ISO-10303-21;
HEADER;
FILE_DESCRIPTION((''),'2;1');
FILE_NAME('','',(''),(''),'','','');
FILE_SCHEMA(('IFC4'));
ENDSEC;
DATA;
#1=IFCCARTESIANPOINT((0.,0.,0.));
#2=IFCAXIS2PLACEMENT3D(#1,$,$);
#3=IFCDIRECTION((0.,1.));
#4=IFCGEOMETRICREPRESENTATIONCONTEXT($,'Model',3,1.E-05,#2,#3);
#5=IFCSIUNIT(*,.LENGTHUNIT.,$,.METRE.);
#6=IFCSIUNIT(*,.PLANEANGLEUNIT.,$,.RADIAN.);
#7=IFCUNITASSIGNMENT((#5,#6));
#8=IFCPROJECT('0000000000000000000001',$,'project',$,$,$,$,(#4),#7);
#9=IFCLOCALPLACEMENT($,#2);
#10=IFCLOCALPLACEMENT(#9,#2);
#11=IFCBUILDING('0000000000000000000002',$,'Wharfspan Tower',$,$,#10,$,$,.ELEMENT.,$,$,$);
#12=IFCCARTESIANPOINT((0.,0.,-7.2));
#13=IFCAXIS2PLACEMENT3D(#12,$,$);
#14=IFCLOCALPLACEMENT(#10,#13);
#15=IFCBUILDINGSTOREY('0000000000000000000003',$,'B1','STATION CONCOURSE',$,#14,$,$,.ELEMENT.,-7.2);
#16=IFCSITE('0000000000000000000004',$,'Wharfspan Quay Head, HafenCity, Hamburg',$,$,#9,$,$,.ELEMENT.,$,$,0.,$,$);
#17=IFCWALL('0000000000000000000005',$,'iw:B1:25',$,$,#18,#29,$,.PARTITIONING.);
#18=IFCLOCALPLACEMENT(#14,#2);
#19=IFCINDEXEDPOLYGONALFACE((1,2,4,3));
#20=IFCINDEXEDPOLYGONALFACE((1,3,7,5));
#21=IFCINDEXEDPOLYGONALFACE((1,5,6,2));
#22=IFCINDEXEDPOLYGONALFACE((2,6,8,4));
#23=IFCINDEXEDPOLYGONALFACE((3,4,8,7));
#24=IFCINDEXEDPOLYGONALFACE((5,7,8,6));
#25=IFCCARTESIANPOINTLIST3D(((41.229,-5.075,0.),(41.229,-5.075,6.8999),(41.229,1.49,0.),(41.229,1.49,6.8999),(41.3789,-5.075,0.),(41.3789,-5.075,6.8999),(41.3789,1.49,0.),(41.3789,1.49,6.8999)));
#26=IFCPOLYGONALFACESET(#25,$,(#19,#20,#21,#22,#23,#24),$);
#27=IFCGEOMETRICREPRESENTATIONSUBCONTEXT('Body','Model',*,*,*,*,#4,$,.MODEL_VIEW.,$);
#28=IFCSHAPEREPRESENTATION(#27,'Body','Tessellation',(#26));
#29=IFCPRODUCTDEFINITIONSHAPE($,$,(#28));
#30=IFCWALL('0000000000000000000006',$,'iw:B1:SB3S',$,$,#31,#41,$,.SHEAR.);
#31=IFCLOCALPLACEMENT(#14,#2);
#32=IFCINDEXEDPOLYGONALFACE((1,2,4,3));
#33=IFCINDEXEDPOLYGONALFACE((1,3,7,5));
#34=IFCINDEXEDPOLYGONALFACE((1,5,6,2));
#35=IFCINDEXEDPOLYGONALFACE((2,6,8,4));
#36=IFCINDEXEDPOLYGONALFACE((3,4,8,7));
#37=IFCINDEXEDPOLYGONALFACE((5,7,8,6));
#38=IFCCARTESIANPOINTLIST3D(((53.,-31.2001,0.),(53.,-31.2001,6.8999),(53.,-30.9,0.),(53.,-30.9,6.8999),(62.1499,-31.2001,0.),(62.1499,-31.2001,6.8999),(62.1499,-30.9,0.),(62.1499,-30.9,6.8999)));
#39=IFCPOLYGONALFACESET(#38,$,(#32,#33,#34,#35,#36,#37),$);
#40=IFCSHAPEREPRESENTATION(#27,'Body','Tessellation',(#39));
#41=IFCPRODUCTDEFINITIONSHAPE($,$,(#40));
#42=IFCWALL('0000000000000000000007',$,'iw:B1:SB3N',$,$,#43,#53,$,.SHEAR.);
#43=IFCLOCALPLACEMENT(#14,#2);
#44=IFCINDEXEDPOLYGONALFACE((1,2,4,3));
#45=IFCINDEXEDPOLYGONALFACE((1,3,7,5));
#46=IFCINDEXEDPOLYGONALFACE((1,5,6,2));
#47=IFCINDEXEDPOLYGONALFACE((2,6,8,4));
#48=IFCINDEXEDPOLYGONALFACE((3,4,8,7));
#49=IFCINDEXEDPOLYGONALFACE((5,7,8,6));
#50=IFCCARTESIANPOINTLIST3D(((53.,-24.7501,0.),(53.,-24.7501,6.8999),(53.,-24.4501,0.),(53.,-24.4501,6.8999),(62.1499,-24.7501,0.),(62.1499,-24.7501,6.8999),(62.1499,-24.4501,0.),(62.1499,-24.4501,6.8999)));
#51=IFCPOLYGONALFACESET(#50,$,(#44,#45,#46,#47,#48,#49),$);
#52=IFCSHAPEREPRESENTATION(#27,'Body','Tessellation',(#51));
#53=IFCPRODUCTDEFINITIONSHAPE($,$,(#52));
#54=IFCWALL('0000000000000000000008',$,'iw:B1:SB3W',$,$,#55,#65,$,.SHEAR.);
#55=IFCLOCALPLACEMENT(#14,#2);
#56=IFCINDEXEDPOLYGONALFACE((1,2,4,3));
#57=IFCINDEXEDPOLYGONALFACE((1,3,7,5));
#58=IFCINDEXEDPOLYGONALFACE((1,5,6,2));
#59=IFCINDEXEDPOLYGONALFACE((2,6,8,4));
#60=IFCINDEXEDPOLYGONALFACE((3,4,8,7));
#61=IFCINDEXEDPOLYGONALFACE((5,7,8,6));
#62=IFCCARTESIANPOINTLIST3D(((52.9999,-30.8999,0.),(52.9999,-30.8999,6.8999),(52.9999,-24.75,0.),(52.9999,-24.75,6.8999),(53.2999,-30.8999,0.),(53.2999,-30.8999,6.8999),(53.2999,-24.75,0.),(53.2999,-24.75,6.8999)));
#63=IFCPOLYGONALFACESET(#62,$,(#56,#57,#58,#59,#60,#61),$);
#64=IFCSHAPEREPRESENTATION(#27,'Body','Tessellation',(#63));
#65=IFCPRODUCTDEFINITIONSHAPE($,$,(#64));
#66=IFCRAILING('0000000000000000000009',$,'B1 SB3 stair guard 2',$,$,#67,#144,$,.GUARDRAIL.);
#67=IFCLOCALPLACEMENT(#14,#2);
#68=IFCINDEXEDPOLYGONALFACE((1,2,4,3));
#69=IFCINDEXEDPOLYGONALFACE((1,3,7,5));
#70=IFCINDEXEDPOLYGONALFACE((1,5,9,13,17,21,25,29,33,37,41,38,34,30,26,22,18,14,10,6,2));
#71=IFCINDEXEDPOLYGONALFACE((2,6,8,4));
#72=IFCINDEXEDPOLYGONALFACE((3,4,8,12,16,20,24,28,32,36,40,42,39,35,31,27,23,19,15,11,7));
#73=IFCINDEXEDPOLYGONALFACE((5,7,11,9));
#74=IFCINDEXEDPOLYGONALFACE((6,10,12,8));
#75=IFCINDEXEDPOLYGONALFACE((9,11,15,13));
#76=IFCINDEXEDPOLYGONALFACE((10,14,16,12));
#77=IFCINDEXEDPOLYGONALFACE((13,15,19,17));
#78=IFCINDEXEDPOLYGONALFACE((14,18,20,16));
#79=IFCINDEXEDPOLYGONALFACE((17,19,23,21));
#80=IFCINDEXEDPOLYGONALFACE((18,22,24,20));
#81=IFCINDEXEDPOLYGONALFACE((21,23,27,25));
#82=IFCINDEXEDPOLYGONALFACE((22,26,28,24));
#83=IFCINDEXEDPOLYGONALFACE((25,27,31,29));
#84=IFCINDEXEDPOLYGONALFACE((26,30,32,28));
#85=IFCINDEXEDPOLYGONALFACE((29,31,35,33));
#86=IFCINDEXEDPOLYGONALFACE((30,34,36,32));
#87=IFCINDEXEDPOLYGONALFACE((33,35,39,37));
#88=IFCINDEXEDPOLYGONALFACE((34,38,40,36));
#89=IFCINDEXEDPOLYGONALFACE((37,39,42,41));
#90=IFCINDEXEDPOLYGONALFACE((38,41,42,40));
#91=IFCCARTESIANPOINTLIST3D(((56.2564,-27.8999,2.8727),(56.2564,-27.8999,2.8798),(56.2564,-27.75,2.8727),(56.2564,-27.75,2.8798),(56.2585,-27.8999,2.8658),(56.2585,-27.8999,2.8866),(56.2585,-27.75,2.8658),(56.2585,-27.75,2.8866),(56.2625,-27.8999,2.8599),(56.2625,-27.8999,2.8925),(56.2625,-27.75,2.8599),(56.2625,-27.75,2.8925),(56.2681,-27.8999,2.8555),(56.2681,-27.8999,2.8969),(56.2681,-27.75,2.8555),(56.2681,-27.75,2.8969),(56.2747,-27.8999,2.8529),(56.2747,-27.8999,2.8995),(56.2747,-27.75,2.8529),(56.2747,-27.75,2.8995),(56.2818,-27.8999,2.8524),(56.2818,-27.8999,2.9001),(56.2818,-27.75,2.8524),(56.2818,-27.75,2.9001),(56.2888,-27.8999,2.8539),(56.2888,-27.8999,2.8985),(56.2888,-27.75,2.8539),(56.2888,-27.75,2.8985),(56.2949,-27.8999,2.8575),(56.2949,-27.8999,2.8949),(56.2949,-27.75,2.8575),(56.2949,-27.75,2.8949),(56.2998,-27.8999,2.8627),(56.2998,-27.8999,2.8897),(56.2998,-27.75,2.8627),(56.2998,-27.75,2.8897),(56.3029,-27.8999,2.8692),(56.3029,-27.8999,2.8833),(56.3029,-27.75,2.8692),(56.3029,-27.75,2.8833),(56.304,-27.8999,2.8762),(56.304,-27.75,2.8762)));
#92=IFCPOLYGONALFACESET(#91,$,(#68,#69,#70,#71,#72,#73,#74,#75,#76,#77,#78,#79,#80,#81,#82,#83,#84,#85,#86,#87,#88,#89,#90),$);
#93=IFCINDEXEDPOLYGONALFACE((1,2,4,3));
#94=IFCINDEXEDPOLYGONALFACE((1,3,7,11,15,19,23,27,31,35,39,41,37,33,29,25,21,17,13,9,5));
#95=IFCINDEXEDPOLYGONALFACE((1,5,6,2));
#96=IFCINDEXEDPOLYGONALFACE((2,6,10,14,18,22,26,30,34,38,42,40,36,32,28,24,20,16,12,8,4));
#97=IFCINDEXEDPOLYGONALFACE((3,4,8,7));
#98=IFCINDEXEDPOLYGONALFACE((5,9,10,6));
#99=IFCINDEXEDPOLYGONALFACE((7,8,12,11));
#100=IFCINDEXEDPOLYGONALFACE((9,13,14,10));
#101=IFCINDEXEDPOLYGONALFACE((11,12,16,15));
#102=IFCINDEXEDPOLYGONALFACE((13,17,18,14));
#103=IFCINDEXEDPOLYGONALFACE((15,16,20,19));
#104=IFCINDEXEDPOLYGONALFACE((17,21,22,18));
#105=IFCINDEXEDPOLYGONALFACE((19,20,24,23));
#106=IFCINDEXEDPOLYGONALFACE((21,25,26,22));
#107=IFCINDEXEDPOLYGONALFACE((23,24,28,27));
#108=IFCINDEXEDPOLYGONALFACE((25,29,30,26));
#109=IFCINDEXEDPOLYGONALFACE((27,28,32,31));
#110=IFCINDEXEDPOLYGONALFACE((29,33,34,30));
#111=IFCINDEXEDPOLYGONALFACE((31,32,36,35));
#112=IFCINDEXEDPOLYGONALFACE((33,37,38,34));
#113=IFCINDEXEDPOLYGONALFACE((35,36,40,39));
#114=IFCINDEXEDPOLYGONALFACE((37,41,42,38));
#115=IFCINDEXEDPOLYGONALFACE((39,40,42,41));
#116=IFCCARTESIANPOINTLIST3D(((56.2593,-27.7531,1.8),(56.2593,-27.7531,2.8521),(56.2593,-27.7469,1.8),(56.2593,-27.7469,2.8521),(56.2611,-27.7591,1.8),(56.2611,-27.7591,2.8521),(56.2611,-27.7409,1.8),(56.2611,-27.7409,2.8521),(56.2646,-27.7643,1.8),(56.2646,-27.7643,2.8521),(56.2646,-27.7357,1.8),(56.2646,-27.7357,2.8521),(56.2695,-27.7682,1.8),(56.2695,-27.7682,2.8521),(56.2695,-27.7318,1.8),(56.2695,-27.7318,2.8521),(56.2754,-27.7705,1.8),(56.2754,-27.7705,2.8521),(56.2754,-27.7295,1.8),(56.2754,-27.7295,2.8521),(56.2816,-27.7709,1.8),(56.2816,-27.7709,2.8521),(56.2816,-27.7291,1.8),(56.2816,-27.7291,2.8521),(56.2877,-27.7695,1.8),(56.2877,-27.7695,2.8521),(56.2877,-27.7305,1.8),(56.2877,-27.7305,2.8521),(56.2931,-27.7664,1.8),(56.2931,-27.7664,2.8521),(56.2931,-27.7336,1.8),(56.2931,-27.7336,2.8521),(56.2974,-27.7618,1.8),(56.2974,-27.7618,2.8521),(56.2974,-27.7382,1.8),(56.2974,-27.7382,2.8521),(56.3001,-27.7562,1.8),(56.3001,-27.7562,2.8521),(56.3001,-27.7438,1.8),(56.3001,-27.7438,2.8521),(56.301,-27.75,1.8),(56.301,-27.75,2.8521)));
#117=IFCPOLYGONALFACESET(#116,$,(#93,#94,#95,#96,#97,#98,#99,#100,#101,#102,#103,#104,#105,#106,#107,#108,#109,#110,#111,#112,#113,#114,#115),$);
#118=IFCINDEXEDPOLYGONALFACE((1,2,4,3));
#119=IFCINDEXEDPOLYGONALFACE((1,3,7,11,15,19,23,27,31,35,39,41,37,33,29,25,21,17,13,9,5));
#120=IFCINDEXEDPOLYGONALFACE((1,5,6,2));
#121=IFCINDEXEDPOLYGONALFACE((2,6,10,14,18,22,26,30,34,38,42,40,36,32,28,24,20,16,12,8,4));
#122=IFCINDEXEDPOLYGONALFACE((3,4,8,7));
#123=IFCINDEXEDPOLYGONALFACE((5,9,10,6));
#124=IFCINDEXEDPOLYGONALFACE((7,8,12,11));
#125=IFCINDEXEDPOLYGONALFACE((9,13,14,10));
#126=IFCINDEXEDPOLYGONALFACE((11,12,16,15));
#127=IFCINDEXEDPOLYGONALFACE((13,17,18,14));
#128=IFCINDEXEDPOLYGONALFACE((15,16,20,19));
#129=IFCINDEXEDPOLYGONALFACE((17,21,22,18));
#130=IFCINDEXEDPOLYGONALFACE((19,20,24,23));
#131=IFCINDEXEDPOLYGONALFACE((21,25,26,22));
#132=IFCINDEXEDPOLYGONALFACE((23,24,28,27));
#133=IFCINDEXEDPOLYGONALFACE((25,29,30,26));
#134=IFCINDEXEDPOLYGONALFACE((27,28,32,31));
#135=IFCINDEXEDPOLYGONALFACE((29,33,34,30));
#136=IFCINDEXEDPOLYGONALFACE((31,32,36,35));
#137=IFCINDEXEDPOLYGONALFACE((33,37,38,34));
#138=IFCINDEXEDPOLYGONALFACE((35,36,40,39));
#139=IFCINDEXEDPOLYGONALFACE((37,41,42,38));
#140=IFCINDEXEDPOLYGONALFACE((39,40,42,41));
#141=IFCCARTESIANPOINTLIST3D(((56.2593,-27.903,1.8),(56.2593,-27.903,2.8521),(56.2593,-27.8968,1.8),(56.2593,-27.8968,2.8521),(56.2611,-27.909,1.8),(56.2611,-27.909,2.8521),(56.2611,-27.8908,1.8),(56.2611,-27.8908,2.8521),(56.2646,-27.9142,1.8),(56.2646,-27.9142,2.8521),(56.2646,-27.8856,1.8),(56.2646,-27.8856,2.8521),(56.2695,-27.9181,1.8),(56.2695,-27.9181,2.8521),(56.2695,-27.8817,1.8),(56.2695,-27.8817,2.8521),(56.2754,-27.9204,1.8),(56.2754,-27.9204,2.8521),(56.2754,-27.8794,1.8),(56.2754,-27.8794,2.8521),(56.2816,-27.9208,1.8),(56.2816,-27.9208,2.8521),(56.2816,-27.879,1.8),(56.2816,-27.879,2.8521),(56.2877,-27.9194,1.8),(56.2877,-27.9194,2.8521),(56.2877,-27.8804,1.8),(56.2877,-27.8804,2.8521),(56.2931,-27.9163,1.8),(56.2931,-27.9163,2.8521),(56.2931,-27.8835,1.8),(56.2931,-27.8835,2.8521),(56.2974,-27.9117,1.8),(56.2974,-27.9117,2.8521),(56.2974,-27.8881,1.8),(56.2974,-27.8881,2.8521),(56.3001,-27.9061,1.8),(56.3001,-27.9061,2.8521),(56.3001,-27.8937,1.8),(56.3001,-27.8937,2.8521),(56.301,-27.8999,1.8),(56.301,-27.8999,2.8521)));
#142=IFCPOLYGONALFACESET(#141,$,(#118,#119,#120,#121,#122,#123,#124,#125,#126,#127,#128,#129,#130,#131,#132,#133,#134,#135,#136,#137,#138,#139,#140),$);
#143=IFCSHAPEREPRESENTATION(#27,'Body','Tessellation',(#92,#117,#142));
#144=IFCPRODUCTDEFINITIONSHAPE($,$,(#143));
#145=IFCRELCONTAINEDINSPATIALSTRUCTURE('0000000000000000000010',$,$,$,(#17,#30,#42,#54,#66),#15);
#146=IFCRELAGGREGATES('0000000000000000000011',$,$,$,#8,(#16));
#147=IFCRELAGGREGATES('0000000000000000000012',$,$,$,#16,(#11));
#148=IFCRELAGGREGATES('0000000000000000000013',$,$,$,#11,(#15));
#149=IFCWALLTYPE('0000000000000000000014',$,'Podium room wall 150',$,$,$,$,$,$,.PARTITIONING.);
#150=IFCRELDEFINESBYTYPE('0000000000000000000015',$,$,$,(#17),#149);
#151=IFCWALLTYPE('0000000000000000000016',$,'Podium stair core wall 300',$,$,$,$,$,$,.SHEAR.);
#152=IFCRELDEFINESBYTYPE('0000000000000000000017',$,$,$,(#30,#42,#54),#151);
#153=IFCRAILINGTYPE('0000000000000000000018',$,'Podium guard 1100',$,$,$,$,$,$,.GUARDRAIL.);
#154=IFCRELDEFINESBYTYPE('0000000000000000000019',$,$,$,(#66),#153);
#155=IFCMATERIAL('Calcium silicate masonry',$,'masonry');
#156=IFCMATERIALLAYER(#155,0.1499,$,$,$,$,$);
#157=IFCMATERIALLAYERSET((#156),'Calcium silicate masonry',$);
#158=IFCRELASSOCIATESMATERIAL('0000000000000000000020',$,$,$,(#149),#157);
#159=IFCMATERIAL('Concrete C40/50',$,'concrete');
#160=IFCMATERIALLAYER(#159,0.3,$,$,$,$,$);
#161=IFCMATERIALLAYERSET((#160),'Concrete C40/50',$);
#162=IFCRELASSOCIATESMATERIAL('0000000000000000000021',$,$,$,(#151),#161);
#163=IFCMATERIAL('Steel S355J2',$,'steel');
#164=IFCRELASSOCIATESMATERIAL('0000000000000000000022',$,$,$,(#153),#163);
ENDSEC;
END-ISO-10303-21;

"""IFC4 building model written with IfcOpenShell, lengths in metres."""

from ifc_helpers import new_model, si_unit, direction, frame, frame_2d, origin, origin_2d, place, context, subcontext, project, spatial, rectangle, circle, extrude, material, layer, layer_set, type_object, element, save


model = new_model("IFC4")

# Units and contexts
model_context = context("Model", 3, precision=1e-05, world=origin(), true_north=direction((0.0, 1.0)))
body_context = subcontext(model_context, "Body", "Model", "MODEL_VIEW")
ifc_project = project(units=[si_unit("LENGTHUNIT", "METRE"), si_unit("PLANEANGLEUNIT", "RADIAN")], contexts=[model_context])

# Site, building, storey
site_placement = place(None, origin())
site = spatial("IfcSite", under=ifc_project, at=site_placement, Name="Wharfspan Quay Head, HafenCity, Hamburg", CompositionType="ELEMENT", RefElevation=0.0)
building_placement = place(site_placement, origin())
building = spatial("IfcBuilding", under=site, at=building_placement, Name="Wharfspan Tower", CompositionType="ELEMENT")
storey_placement = place(building_placement, frame((0.0, 0.0, -7.2)))
storey = spatial("IfcBuildingStorey", under=building, at=storey_placement, Name="B1", Description="STATION CONCOURSE", CompositionType="ELEMENT", Elevation=-7.2)

# Shared definitions
ifc_material_1 = material(Name="Calcium silicate masonry", Category="masonry")
ifc_layer_1 = layer(ifc_material_1, 0.1499)
ifc_layer_set_1 = layer_set([ifc_layer_1], Name="Calcium silicate masonry")
wall_type_1 = type_object("IfcWallType", Name="Podium room wall 150", PredefinedType="PARTITIONING", material=ifc_layer_set_1)

# Walls
wall_1_placement = place(storey_placement, frame((41.304, -5.075, 0.0), z_axis=(0.0, 0.0, 1.0), x_axis=(0.0, 1.0, 0.0)))
element("IfcWall", 1, at=wall_1_placement, inside=storey, type_object=wall_type_1, Name="iw:B1:25", PredefinedType="PARTITIONING", context=body_context, shape_type="SweptSolid", body=[
    extrude(rectangle(XDim=6.5649, YDim=0.1499, at=frame_2d((3.2825, 0.0))), origin(), (0.0, 0.0, 1.0), 6.8999),
])
ifc_material_2 = material(Name="Concrete C40/50", Category="concrete")
ifc_layer_2 = layer(ifc_material_2, 0.3)
ifc_layer_set_2 = layer_set([ifc_layer_2], Name="Concrete C40/50")
wall_type_2 = type_object("IfcWallType", Name="Podium stair core wall 300", PredefinedType="SHEAR", material=ifc_layer_set_2)
for number, where, z_axis, x_axis, name in (
    (2, (53.0, -31.05, 0.0), (0.0, 0.0, 1.0), (1.0, 0.0, 0.0), "iw:B1:SB3S"),
    (3, (53.0, -24.6001, 0.0), (0.0, 0.0, 1.0), (1.0, 0.0, 0.0), "iw:B1:SB3N"),
):
    element("IfcWall", number, at=place(storey_placement, frame(where, z_axis=z_axis, x_axis=x_axis)), inside=storey, type_object=wall_type_2, Name=name, PredefinedType="SHEAR", context=body_context, shape_type="SweptSolid", body=[
        extrude(rectangle(XDim=9.1499, YDim=0.3, at=frame_2d((4.575, 0.0))), origin(), (0.0, 0.0, 1.0), 6.8999),
    ])
wall_2_placement = place(storey_placement, frame((53.1499, -30.8999, 0.0), z_axis=(0.0, 0.0, 1.0), x_axis=(0.0, 1.0, 0.0)))
element("IfcWall", 4, at=wall_2_placement, inside=storey, type_object=wall_type_2, Name="iw:B1:SB3W", PredefinedType="SHEAR", context=body_context, shape_type="SweptSolid", body=[
    extrude(rectangle(XDim=6.1499, YDim=0.3, at=frame_2d((3.075, 0.0))), origin(), (0.0, 0.0, 1.0), 6.8999),
])

# Railing
ifc_material_3 = material(Name="Steel S355J2", Category="steel")
railing_type = type_object("IfcRailingType", Name="Podium guard 1100", PredefinedType="GUARDRAIL", material=ifc_material_3)
railing_placement = place(storey_placement, frame((56.28, -27.75, 1.8)))
element("IfcRailing", 5, at=railing_placement, inside=storey, type_object=railing_type, Name="B1 SB3 stair guard 2", PredefinedType="GUARDRAIL", context=body_context, shape_type="SweptSolid", body=[
    extrude(circle(Radius=0.0239, at=origin_2d()), frame((0.0, 0.0, 1.0762), z_axis=(0.0, -1.0, 0.0), x_axis=(1.0, 0.0, 0.0)), (0.0, 0.0, 1.0), 0.1499),
    extrude(circle(Radius=0.021, at=origin_2d()), origin(), (0.0, 0.0, 1.0), 1.052),
    extrude(circle(Radius=0.021, at=origin_2d()), frame((0.0, -0.1499, 0.0)), (0.0, 0.0, 1.0), 1.052),
])

save(model, "model.ifc")
